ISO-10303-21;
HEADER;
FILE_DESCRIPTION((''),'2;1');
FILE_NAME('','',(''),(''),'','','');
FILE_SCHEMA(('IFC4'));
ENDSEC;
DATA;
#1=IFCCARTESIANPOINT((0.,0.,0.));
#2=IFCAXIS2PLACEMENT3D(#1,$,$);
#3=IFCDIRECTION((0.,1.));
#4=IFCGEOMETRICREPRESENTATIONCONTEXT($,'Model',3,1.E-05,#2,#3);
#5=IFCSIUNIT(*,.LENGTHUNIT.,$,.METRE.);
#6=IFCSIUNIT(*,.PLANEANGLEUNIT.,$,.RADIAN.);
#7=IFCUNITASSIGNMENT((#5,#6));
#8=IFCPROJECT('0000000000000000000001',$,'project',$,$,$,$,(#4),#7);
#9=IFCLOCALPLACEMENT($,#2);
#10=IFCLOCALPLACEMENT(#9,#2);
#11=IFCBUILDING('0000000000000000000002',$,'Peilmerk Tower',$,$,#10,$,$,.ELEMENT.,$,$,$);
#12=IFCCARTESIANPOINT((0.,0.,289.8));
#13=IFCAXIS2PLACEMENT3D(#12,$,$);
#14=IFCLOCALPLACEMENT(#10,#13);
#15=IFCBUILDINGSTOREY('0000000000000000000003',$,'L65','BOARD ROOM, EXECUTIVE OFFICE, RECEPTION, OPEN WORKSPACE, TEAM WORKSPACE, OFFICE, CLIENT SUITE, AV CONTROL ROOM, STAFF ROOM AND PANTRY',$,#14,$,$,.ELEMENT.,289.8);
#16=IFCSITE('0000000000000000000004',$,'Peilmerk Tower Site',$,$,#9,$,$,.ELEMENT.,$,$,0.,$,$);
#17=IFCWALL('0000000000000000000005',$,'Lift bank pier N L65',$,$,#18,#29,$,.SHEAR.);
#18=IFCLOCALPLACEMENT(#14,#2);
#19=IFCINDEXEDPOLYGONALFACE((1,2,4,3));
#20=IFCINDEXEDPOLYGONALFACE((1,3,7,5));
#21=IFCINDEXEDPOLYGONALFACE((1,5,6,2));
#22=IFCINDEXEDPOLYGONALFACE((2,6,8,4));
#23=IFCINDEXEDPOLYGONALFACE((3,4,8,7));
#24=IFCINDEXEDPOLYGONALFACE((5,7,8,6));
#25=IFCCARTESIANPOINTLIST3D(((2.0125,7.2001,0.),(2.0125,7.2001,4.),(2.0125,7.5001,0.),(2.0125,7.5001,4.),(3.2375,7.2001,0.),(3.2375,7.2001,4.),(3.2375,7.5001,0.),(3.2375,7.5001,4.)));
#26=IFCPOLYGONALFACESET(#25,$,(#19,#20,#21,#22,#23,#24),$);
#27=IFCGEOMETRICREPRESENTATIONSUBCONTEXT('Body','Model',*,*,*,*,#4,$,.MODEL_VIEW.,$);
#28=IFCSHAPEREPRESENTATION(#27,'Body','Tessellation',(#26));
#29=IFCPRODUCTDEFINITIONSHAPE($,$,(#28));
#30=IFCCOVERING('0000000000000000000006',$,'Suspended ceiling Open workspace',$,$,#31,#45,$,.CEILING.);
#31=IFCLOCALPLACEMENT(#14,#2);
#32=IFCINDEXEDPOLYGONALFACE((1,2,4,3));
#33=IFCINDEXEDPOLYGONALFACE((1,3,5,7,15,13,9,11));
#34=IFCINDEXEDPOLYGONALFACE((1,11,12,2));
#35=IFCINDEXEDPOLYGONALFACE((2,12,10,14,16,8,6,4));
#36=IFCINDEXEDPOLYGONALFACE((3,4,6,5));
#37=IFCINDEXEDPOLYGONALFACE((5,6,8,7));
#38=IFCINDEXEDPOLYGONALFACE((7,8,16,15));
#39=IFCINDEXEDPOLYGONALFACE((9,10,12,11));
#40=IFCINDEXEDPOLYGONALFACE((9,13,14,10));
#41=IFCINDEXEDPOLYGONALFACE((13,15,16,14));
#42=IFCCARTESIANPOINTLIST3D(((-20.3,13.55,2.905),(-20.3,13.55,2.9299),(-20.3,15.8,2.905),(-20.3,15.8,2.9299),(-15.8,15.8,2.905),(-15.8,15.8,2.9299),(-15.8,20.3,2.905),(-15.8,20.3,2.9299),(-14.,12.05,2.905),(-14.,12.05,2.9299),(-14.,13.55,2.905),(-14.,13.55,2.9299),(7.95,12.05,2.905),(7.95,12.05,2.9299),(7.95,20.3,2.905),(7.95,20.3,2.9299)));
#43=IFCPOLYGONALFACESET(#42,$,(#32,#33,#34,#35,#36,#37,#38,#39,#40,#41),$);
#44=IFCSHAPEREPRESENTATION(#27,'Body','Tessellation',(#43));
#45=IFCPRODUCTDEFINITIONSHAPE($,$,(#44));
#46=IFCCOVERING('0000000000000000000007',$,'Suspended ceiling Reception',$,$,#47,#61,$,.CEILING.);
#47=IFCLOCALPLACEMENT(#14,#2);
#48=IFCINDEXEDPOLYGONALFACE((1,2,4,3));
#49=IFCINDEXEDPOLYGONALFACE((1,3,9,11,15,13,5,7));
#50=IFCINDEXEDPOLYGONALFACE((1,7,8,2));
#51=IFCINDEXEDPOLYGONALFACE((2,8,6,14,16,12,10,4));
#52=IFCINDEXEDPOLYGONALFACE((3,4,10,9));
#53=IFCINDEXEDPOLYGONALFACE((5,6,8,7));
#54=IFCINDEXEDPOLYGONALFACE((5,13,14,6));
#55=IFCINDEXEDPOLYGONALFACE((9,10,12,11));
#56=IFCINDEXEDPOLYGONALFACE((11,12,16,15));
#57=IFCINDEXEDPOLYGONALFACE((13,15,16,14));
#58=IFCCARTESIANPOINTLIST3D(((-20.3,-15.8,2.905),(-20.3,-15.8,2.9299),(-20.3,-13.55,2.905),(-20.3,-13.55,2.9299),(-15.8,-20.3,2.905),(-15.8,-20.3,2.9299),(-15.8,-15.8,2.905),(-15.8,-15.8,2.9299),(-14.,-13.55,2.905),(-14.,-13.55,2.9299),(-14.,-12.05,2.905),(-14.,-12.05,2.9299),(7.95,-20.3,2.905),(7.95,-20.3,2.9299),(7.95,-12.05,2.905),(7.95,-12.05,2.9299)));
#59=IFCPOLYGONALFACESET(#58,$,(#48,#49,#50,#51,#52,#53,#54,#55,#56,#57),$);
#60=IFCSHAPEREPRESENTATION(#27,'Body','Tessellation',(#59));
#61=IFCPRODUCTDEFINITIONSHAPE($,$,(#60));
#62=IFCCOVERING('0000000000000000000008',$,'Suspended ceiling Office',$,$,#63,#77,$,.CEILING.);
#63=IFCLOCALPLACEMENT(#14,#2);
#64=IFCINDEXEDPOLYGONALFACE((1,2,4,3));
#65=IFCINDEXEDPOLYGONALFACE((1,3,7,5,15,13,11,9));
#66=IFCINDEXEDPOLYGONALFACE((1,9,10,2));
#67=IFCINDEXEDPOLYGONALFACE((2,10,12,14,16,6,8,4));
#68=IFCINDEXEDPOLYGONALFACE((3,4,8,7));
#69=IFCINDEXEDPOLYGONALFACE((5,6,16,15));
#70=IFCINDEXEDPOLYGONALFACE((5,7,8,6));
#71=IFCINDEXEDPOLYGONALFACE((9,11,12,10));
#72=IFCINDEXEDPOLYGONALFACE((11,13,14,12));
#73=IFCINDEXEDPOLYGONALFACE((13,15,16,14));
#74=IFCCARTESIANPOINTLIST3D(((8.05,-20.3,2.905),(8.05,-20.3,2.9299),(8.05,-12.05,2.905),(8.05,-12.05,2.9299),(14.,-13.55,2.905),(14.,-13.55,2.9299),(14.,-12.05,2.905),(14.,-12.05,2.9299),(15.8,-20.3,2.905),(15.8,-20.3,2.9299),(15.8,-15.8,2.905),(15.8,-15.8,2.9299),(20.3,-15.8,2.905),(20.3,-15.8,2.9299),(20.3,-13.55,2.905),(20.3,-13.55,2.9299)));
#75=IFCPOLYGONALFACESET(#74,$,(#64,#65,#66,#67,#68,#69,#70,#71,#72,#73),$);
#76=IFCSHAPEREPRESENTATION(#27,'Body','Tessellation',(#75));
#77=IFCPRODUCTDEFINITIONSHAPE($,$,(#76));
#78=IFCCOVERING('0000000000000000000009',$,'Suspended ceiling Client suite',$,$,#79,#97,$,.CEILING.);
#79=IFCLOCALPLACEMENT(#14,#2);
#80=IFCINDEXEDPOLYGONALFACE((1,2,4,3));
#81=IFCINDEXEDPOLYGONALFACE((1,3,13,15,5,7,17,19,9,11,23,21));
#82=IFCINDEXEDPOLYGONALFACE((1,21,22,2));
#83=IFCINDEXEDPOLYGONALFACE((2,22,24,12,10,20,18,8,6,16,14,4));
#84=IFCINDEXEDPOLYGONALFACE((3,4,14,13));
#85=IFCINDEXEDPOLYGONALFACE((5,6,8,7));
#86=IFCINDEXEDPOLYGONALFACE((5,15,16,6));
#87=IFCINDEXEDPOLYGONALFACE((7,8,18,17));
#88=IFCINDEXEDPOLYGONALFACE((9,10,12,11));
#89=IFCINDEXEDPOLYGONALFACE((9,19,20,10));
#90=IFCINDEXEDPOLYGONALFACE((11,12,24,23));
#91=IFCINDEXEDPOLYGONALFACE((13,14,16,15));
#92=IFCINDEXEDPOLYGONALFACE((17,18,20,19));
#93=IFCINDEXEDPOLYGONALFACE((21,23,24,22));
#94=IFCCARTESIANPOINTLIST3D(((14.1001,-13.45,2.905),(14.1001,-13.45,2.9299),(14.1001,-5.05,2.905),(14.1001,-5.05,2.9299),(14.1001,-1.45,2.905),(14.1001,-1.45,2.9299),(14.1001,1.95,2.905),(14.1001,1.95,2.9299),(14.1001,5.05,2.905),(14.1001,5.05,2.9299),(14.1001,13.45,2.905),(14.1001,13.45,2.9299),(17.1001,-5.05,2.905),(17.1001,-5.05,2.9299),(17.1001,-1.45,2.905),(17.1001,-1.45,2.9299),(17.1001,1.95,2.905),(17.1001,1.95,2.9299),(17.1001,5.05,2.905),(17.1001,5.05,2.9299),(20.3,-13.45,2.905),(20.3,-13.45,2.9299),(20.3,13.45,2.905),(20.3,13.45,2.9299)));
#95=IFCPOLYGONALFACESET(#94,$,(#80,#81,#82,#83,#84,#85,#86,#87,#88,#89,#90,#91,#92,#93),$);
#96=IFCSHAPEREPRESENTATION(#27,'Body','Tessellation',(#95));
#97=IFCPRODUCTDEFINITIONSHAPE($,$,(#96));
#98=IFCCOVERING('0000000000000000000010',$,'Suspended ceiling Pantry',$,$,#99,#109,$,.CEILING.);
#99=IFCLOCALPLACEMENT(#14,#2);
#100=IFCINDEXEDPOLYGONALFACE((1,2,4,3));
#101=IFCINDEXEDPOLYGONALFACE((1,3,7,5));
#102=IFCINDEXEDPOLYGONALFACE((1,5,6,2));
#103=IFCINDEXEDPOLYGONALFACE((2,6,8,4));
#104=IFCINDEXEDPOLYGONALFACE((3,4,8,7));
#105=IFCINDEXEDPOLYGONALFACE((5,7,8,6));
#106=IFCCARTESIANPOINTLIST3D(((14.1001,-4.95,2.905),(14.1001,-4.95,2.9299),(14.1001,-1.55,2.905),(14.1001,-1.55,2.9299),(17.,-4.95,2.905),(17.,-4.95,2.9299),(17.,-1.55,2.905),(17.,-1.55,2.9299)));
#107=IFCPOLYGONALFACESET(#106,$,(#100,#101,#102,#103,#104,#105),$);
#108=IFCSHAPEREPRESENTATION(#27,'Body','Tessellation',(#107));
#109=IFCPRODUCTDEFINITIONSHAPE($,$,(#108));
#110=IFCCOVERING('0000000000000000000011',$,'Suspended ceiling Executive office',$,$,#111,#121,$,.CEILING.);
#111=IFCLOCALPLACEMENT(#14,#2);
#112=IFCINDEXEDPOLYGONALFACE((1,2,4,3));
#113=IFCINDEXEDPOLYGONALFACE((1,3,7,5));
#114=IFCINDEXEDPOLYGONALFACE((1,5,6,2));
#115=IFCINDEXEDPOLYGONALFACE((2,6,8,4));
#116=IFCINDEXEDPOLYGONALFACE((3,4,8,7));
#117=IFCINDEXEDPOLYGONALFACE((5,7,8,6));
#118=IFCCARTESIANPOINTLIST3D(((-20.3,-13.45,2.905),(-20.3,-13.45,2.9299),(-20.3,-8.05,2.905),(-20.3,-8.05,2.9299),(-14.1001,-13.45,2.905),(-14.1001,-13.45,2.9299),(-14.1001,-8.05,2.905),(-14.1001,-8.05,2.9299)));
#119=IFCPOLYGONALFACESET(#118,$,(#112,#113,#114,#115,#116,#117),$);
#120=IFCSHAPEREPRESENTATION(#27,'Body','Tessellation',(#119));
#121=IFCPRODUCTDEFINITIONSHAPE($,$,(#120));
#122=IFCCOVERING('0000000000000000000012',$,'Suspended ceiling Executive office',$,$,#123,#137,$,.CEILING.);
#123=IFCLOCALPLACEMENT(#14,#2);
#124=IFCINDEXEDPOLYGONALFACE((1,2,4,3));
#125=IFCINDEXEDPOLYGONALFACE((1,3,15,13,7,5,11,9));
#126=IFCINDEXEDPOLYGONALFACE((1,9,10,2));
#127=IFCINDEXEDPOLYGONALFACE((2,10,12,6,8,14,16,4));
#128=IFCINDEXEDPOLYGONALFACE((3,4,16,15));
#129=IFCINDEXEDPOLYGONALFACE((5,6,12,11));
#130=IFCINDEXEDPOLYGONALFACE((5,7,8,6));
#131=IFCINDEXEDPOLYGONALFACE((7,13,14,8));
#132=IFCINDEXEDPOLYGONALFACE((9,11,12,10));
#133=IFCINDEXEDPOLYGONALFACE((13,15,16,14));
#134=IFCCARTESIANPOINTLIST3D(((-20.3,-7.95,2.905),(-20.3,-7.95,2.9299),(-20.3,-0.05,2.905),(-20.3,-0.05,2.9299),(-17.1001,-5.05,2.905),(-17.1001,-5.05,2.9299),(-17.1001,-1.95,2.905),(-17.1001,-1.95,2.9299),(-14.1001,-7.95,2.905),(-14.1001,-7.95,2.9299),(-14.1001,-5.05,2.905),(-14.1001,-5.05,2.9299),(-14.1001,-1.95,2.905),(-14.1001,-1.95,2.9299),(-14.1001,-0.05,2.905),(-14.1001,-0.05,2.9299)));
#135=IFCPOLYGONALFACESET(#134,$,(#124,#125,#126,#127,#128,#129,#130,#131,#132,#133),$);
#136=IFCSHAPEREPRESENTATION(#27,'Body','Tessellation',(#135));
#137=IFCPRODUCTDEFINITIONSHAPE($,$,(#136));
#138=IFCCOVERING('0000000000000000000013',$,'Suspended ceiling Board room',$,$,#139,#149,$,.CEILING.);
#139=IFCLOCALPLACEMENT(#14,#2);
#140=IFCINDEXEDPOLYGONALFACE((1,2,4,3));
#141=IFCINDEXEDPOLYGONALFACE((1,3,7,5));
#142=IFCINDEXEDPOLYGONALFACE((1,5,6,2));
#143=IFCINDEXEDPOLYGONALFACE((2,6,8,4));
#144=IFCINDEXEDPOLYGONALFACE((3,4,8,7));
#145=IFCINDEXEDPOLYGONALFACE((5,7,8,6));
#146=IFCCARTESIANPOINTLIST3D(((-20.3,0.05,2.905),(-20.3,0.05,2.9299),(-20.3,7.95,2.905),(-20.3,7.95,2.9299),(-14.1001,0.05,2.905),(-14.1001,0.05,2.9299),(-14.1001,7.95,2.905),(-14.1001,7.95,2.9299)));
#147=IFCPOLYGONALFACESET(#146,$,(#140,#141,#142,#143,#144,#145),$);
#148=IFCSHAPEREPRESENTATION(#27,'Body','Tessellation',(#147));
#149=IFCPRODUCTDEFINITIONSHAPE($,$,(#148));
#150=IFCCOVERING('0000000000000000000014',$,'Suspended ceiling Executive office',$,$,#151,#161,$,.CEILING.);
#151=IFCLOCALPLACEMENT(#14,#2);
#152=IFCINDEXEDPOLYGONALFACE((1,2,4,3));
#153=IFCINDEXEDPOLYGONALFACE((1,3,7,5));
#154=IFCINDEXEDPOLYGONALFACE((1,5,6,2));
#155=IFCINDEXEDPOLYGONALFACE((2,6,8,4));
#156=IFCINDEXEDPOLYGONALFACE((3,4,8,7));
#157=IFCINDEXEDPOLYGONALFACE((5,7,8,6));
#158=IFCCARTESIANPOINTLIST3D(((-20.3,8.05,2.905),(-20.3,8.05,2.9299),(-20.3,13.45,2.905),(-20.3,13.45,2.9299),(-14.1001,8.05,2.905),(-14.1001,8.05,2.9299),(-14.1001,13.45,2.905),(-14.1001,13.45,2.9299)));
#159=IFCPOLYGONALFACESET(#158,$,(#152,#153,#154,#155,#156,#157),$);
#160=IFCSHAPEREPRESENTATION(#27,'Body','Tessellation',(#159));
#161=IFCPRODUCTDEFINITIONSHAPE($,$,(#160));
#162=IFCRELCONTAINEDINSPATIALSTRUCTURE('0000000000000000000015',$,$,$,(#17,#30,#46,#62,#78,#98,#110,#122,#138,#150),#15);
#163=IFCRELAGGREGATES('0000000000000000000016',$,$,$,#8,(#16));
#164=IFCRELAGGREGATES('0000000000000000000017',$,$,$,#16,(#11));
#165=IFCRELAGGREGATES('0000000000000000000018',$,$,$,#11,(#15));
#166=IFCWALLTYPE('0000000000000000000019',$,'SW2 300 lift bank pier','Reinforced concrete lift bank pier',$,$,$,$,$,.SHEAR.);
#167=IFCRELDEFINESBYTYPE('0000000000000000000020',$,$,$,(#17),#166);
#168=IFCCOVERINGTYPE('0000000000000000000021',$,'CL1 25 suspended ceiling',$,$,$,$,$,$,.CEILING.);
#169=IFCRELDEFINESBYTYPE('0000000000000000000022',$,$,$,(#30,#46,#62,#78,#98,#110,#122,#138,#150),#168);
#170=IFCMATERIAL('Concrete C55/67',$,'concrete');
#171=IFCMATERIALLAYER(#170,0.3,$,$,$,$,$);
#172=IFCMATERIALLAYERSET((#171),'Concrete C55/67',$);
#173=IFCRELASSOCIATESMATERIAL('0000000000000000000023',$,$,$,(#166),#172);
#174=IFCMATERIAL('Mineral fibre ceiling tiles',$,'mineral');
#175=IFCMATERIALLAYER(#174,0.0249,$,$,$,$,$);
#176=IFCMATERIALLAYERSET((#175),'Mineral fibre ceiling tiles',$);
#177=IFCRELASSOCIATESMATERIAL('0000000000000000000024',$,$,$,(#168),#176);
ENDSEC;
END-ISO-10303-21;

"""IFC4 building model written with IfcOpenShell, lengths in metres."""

from ifc_helpers import new_model, si_unit, direction, frame, frame_2d, origin, place, context, subcontext, project, spatial, polyline, rectangle, outline, extrude, material, layer, layer_set, type_object, element, save


model = new_model("IFC4")

# Units and contexts
model_context = context("Model", 3, precision=1e-05, world=origin(), true_north=direction((0.0, 1.0)))
body_context = subcontext(model_context, "Body", "Model", "MODEL_VIEW")
ifc_project = project(units=[si_unit("LENGTHUNIT", "METRE"), si_unit("PLANEANGLEUNIT", "RADIAN")], contexts=[model_context])

# Site, building, storey
site_placement = place(None, origin())
site = spatial("IfcSite", under=ifc_project, at=site_placement, Name="Peilmerk Tower Site", CompositionType="ELEMENT", RefElevation=0.0)
building_placement = place(site_placement, origin())
building = spatial("IfcBuilding", under=site, at=building_placement, Name="Peilmerk Tower", CompositionType="ELEMENT")
storey_placement = place(building_placement, frame((0.0, 0.0, 289.8)))
storey = spatial("IfcBuildingStorey", under=building, at=storey_placement, Name="L65", Description="BOARD ROOM, EXECUTIVE OFFICE, RECEPTION, OPEN WORKSPACE, TEAM WORKSPACE, OFFICE, CLIENT SUITE, AV CONTROL ROOM, STAFF ROOM AND PANTRY", CompositionType="ELEMENT", Elevation=289.8)

# Wall
ifc_material_1 = material(Name="Concrete C55/67", Category="concrete")
ifc_layer_1 = layer(ifc_material_1, 0.3)
ifc_layer_set_1 = layer_set([ifc_layer_1], Name="Concrete C55/67")
wall_type_1 = type_object("IfcWallType", Name="SW2 300 lift bank pier", Description="Reinforced concrete lift bank pier", PredefinedType="SHEAR", material=ifc_layer_set_1)
wall_1_placement = place(storey_placement, frame((2.0125, 7.3501, 0.0), z_axis=(0.0, 0.0, 1.0), x_axis=(1.0, 0.0, 0.0)))
element("IfcWall", 1, at=wall_1_placement, inside=storey, type_object=wall_type_1, Name="Lift bank pier N L65", PredefinedType="SHEAR", context=body_context, shape_type="SweptSolid", body=[
    extrude(rectangle(XDim=1.2251, YDim=0.3, at=frame_2d((0.6125, 0.0))), origin(), (0.0, 0.0, 1.0), 4.0),
])

# Coverings
ifc_material_2 = material(Name="Mineral fibre ceiling tiles", Category="mineral")
ifc_layer_2 = layer(ifc_material_2, 0.0249)
ifc_layer_set_2 = layer_set([ifc_layer_2], Name="Mineral fibre ceiling tiles")
covering_type = type_object("IfcCoveringType", Name="CL1 25 suspended ceiling", PredefinedType="CEILING", material=ifc_layer_set_2)
covering_1_placement = place(storey_placement, frame((0.0, 0.0, 2.905)))
element("IfcCovering", 2, at=covering_1_placement, inside=storey, type_object=covering_type, Name="Suspended ceiling Open workspace", PredefinedType="CEILING", context=body_context, shape_type="SweptSolid", body=[
    extrude(outline(polyline([(-20.3, 15.8), (-20.3, 13.55), (-14.0, 13.55), (-14.0, 12.05), (7.95, 12.05), (7.95, 20.3), (-15.8, 20.3), (-15.8, 15.8), (-20.3, 15.8)])), origin(), (0.0, 0.0, 1.0), 0.0249),
])
covering_2_placement = place(storey_placement, frame((0.0, 0.0, 2.905)))
element("IfcCovering", 3, at=covering_2_placement, inside=storey, type_object=covering_type, Name="Suspended ceiling Reception", PredefinedType="CEILING", context=body_context, shape_type="SweptSolid", body=[
    extrude(outline(polyline([(-15.8, -20.3), (7.95, -20.3), (7.95, -12.05), (-14.0, -12.05), (-14.0, -13.55), (-20.3, -13.55), (-20.3, -15.8), (-15.8, -15.8), (-15.8, -20.3)])), origin(), (0.0, 0.0, 1.0), 0.0249),
])
covering_3_placement = place(storey_placement, frame((0.0, 0.0, 2.905)))
element("IfcCovering", 4, at=covering_3_placement, inside=storey, type_object=covering_type, Name="Suspended ceiling Office", PredefinedType="CEILING", context=body_context, shape_type="SweptSolid", body=[
    extrude(outline(polyline([(8.05, -20.3), (15.8, -20.3), (15.8, -15.8), (20.3, -15.8), (20.3, -13.55), (14.0, -13.55), (14.0, -12.05), (8.05, -12.05), (8.05, -20.3)])), origin(), (0.0, 0.0, 1.0), 0.0249),
])
covering_4_placement = place(storey_placement, frame((0.0, 0.0, 2.905)))
element("IfcCovering", 5, at=covering_4_placement, inside=storey, type_object=covering_type, Name="Suspended ceiling Client suite", PredefinedType="CEILING", context=body_context, shape_type="SweptSolid", body=[
    extrude(outline(polyline([(14.1001, -13.45), (20.3, -13.45), (20.3, 13.45), (14.1001, 13.45), (14.1001, 5.05), (17.1001, 5.05), (17.1001, 1.95), (14.1001, 1.95), (14.1001, -1.45), (17.1001, -1.45), (17.1001, -5.05), (14.1001, -5.05), (14.1001, -13.45)])), origin(), (0.0, 0.0, 1.0), 0.0249),
])
covering_5_placement = place(storey_placement, frame((0.0, 0.0, 2.905)))
element("IfcCovering", 6, at=covering_5_placement, inside=storey, type_object=covering_type, Name="Suspended ceiling Pantry", PredefinedType="CEILING", context=body_context, shape_type="SweptSolid", body=[
    extrude(outline(polyline([(17.0, -4.95), (17.0, -1.55), (14.1001, -1.55), (14.1001, -4.95), (17.0, -4.95)])), origin(), (0.0, 0.0, 1.0), 0.0249),
])
covering_6_placement = place(storey_placement, frame((0.0, 0.0, 2.905)))
element("IfcCovering", 7, at=covering_6_placement, inside=storey, type_object=covering_type, Name="Suspended ceiling Executive office", PredefinedType="CEILING", context=body_context, shape_type="SweptSolid", body=[
    extrude(outline(polyline([(-20.3, -8.05), (-20.3, -13.45), (-14.1001, -13.45), (-14.1001, -8.05), (-20.3, -8.05)])), origin(), (0.0, 0.0, 1.0), 0.0249),
])
covering_7_placement = place(storey_placement, frame((0.0, 0.0, 2.905)))
element("IfcCovering", 8, at=covering_7_placement, inside=storey, type_object=covering_type, Name="Suspended ceiling Executive office", PredefinedType="CEILING", context=body_context, shape_type="SweptSolid", body=[
    extrude(outline(polyline([(-14.1001, -0.05), (-20.3, -0.05), (-20.3, -7.95), (-14.1001, -7.95), (-14.1001, -5.05), (-17.1001, -5.05), (-17.1001, -1.95), (-14.1001, -1.95), (-14.1001, -0.05)])), origin(), (0.0, 0.0, 1.0), 0.0249),
])
covering_8_placement = place(storey_placement, frame((0.0, 0.0, 2.905)))
element("IfcCovering", 9, at=covering_8_placement, inside=storey, type_object=covering_type, Name="Suspended ceiling Board room", PredefinedType="CEILING", context=body_context, shape_type="SweptSolid", body=[
    extrude(outline(polyline([(-20.3, 7.95), (-20.3, 0.05), (-14.1001, 0.05), (-14.1001, 7.95), (-20.3, 7.95)])), origin(), (0.0, 0.0, 1.0), 0.0249),
])
covering_9_placement = place(storey_placement, frame((0.0, 0.0, 2.905)))
element("IfcCovering", 10, at=covering_9_placement, inside=storey, type_object=covering_type, Name="Suspended ceiling Executive office", PredefinedType="CEILING", context=body_context, shape_type="SweptSolid", body=[
    extrude(outline(polyline([(-20.3, 13.45), (-20.3, 8.05), (-14.1001, 8.05), (-14.1001, 13.45), (-20.3, 13.45)])), origin(), (0.0, 0.0, 1.0), 0.0249),
])

save(model, "model.ifc")
